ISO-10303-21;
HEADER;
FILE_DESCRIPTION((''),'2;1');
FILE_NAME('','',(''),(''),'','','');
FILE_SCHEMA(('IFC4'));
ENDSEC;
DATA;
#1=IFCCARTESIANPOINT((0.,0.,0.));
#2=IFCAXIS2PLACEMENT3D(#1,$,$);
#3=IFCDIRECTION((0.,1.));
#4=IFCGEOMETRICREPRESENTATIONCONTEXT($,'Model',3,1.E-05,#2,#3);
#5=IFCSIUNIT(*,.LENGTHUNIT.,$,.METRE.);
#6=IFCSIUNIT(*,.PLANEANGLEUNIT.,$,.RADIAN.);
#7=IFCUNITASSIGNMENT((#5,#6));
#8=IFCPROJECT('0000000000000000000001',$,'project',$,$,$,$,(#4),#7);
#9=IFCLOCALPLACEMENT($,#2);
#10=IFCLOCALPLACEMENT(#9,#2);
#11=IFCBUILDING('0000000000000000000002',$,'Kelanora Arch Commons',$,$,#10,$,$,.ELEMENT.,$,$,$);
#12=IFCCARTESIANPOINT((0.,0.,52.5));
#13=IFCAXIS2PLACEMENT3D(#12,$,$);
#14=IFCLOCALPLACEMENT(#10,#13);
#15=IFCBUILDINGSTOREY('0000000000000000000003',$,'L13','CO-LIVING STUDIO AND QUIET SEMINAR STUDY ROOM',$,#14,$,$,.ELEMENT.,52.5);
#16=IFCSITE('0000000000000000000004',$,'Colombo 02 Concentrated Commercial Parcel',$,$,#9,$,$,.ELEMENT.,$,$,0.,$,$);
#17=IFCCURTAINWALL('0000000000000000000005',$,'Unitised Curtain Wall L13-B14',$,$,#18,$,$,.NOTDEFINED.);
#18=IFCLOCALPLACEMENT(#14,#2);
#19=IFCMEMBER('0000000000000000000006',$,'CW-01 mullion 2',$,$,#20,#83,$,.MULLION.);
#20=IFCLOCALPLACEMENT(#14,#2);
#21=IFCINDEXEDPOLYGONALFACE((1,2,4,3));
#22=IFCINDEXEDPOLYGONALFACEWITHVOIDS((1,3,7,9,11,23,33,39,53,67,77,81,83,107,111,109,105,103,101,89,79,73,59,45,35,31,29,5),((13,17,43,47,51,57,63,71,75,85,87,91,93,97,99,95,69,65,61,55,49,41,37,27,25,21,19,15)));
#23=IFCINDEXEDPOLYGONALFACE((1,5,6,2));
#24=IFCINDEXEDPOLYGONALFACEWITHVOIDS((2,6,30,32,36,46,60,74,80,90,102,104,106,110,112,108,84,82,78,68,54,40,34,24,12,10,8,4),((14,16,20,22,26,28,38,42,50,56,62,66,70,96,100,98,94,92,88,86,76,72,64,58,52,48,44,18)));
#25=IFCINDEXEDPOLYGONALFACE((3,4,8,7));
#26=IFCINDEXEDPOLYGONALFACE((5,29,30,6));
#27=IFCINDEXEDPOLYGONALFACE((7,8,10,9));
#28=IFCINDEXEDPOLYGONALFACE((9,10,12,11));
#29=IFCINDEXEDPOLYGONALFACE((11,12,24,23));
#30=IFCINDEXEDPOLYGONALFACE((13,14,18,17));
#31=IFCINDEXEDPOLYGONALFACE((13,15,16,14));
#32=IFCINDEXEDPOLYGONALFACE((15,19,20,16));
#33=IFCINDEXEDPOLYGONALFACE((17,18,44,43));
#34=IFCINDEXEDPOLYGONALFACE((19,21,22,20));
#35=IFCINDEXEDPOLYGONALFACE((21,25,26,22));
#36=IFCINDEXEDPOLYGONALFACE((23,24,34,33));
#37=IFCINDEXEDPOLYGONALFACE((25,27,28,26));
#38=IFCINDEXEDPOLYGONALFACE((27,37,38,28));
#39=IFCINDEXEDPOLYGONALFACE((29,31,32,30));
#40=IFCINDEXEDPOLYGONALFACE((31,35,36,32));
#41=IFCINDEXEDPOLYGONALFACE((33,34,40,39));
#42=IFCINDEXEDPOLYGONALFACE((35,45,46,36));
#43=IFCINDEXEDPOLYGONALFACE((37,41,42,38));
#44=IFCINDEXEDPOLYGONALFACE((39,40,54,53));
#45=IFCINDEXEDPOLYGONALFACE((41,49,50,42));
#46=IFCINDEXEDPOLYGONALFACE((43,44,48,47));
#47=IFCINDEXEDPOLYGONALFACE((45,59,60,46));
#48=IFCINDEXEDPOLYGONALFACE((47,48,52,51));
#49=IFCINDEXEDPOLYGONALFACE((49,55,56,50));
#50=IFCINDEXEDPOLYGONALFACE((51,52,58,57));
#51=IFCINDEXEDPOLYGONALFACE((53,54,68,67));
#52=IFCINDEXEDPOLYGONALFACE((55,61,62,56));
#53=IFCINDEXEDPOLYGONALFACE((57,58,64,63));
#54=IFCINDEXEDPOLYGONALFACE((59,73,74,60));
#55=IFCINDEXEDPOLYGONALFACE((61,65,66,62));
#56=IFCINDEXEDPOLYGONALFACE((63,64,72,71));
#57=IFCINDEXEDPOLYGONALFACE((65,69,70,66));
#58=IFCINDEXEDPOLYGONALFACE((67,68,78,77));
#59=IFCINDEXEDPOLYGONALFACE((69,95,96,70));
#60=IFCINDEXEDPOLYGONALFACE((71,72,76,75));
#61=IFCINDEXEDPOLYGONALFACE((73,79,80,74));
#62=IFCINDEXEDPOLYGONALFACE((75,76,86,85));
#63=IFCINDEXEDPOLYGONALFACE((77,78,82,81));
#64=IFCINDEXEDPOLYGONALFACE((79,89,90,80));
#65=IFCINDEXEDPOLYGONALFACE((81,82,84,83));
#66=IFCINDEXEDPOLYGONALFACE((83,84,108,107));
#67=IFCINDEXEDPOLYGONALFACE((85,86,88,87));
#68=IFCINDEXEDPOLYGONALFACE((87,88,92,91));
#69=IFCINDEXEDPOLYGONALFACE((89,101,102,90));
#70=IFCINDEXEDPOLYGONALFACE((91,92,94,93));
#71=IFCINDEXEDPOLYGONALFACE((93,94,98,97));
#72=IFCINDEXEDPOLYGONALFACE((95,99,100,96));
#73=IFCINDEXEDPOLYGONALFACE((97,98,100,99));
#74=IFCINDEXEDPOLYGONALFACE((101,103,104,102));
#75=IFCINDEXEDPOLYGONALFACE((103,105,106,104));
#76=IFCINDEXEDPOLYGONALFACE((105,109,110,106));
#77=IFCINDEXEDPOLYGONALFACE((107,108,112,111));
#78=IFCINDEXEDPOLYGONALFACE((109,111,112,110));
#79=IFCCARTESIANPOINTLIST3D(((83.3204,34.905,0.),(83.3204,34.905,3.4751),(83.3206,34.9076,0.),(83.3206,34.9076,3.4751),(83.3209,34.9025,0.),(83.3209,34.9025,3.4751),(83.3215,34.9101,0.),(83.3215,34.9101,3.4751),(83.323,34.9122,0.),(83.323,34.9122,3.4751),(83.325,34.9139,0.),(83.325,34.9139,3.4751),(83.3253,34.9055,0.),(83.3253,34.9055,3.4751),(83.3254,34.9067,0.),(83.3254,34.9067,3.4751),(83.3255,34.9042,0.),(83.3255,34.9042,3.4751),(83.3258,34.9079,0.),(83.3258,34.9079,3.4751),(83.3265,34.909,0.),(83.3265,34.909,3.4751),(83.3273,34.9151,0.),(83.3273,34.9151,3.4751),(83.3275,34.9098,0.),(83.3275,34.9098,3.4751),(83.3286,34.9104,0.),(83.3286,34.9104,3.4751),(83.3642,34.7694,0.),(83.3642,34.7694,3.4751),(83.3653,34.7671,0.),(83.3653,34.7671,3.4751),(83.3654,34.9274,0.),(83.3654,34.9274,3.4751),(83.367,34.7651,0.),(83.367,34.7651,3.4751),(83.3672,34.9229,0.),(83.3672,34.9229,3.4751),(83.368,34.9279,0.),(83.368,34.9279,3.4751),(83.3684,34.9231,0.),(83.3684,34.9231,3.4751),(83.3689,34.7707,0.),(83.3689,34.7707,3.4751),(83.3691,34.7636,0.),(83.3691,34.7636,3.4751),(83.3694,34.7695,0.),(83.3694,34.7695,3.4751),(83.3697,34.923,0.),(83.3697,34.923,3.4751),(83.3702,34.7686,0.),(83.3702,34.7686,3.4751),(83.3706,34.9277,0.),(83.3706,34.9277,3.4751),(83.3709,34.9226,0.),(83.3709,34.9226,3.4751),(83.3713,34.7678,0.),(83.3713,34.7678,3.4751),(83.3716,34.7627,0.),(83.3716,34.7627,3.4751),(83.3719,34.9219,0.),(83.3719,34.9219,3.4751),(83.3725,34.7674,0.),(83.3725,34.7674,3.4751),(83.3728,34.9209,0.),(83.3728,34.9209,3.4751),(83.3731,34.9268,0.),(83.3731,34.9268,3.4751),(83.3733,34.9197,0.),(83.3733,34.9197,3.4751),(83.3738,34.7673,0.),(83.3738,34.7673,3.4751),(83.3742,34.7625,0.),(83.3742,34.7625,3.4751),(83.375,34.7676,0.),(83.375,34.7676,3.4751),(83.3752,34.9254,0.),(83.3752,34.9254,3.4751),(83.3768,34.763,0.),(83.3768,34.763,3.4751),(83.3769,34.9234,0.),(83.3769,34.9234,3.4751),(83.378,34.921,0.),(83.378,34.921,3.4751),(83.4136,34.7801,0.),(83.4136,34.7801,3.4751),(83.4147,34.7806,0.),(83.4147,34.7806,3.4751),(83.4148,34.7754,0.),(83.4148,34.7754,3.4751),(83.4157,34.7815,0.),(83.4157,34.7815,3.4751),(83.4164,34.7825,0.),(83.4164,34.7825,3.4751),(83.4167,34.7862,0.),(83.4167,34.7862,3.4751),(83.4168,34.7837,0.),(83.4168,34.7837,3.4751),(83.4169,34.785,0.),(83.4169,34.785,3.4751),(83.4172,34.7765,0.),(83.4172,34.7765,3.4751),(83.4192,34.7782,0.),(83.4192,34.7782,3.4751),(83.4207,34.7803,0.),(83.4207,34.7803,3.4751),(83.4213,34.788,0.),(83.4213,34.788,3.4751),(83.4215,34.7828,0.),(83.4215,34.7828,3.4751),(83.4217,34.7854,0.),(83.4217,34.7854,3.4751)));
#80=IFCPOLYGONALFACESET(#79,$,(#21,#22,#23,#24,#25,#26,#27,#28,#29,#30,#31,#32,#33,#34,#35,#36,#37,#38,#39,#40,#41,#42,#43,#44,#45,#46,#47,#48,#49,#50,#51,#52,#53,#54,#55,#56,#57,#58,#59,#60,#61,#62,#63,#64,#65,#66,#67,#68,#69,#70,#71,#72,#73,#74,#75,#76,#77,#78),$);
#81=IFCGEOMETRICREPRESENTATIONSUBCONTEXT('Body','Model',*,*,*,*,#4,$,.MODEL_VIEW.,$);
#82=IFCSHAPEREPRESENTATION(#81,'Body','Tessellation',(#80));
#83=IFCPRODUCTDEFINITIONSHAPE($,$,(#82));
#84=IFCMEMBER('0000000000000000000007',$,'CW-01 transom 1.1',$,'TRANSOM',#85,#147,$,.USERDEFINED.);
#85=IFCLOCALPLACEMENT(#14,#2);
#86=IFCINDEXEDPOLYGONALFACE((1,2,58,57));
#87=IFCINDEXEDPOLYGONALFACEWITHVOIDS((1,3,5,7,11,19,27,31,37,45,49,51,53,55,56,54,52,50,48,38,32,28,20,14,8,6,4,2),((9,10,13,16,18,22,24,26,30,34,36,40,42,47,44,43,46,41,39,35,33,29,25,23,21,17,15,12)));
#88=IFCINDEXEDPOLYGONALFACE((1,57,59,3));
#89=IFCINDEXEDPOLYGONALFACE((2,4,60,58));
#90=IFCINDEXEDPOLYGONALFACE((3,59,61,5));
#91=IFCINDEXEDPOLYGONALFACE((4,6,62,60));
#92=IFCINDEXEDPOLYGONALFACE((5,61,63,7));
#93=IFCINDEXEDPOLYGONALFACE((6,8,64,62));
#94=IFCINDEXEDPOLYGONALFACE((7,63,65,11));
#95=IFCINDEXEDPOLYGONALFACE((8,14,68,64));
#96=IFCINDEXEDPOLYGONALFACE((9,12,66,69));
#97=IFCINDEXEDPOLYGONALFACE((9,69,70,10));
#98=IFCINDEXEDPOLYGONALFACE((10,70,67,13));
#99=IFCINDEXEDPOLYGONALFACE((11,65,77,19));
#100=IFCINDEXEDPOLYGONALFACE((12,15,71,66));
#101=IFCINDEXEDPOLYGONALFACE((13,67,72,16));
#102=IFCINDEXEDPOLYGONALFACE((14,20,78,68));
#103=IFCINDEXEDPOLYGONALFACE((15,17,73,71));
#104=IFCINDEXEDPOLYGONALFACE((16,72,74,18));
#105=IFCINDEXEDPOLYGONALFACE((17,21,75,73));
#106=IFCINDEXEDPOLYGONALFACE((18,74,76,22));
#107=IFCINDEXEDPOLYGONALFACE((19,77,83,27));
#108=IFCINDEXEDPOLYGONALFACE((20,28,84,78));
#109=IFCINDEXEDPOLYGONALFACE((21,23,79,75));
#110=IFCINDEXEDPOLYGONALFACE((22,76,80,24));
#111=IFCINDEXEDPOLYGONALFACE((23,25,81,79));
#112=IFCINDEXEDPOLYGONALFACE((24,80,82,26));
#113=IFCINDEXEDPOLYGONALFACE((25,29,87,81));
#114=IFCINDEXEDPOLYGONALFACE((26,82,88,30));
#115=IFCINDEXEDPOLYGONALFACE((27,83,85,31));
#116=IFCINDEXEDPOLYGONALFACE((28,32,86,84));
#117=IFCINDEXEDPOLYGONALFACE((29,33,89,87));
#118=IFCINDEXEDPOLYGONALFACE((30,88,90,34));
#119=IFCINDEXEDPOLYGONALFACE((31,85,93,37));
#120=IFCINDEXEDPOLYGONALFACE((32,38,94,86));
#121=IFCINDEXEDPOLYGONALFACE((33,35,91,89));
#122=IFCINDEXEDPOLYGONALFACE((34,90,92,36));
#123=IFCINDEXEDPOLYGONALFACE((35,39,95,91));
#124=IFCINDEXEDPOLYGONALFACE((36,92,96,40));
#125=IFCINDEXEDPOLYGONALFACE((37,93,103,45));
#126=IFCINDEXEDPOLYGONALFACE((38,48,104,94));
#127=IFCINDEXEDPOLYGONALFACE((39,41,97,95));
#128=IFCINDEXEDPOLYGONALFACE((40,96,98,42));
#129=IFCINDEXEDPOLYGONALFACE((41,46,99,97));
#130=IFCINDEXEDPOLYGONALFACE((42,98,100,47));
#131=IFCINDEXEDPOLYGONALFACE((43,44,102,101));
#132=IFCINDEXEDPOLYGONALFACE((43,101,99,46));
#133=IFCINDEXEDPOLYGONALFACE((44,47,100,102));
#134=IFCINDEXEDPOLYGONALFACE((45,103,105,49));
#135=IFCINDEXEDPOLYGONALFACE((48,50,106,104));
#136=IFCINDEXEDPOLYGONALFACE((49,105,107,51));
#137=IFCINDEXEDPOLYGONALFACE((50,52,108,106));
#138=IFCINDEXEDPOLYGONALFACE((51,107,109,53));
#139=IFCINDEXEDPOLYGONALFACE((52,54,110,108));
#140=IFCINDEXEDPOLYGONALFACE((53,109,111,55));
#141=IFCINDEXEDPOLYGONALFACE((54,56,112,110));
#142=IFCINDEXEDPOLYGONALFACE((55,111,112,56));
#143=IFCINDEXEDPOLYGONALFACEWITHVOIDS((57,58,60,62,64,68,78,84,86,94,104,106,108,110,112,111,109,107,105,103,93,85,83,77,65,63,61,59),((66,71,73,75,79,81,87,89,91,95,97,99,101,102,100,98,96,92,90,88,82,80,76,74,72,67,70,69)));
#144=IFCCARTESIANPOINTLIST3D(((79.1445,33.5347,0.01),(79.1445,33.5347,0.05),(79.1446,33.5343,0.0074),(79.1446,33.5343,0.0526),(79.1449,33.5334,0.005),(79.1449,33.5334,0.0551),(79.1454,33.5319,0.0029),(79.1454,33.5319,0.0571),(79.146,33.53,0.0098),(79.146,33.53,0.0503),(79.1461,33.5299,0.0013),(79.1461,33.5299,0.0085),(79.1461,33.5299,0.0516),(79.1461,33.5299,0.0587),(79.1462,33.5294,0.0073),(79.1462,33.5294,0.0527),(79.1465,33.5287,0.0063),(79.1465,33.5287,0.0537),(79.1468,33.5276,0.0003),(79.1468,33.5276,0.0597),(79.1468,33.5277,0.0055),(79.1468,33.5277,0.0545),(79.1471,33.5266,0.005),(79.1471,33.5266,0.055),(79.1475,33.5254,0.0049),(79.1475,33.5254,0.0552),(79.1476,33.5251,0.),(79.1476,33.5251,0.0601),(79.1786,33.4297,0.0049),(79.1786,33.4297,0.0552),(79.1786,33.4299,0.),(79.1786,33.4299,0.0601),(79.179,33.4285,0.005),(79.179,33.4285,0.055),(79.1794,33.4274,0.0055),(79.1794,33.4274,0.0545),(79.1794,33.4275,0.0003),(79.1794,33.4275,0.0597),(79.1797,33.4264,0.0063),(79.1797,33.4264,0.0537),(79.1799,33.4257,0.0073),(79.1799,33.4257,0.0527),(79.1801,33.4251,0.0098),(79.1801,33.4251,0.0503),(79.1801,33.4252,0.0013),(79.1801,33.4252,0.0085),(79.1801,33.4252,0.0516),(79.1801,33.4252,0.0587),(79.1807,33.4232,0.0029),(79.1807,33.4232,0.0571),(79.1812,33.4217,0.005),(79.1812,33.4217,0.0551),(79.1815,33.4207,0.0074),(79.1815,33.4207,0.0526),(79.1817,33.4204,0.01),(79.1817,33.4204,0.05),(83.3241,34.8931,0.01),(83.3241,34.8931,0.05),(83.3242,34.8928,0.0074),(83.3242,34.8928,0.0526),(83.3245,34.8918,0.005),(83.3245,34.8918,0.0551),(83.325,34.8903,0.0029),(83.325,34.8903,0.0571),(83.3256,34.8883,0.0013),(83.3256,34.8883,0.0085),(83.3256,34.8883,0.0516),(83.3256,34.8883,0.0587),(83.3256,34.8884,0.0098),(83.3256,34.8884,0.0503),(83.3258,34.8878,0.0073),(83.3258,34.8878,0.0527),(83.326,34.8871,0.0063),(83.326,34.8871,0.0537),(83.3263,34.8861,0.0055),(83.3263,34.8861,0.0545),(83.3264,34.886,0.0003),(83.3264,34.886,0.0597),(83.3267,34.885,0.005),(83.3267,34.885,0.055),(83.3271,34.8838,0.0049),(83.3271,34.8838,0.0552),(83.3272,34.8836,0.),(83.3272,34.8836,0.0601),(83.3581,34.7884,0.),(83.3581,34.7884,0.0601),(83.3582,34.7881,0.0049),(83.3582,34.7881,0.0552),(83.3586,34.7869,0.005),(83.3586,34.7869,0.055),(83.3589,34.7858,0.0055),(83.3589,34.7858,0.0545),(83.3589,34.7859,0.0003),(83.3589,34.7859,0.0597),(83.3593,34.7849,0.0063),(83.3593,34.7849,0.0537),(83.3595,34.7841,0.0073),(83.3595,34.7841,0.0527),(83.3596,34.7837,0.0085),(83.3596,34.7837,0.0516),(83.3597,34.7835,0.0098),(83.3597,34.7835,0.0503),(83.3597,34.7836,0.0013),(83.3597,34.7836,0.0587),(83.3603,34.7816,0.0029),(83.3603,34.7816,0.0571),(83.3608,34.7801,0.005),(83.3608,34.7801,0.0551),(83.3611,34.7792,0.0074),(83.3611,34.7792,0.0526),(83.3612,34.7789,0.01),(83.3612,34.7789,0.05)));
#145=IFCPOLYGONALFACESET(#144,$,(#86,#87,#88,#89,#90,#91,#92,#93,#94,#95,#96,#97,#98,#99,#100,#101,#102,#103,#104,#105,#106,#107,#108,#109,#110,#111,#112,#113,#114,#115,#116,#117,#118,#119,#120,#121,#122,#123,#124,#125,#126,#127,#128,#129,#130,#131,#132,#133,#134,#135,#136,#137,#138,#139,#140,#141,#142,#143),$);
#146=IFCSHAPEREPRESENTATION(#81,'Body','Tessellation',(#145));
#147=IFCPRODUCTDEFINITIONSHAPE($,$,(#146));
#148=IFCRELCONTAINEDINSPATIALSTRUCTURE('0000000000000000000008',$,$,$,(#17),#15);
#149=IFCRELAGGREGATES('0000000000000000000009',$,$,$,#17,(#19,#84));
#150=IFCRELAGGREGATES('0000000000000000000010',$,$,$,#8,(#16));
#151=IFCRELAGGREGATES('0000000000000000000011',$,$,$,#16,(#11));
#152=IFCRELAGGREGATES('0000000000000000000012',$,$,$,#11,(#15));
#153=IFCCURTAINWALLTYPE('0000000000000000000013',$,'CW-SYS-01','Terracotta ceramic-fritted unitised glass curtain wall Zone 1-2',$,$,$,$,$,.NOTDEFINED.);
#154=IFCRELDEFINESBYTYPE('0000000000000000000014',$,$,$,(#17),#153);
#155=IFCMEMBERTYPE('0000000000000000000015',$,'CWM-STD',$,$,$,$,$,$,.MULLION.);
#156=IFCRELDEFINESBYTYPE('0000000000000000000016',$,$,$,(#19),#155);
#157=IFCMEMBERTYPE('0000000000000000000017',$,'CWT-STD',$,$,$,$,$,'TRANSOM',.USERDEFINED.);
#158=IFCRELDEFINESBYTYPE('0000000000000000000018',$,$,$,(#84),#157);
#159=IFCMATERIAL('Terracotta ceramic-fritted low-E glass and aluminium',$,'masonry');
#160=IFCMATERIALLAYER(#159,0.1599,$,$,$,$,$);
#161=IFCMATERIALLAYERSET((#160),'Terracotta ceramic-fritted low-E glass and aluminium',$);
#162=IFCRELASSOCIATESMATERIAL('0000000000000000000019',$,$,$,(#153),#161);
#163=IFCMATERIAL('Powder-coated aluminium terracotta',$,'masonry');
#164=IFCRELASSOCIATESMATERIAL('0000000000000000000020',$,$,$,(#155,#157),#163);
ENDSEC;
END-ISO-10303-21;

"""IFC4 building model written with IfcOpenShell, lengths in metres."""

from ifc_helpers import new_model, si_unit, direction, frame, origin, origin_2d, place, context, subcontext, project, spatial, hollow_rectangle, extrude, material, layer, layer_set, material_profile, profile_set, type_object, element, aggregate, save


model = new_model("IFC4")

# Units and contexts
model_context = context("Model", 3, precision=1e-05, world=origin(), true_north=direction((0.0, 1.0)))
body_context = subcontext(model_context, "Body", "Model", "MODEL_VIEW")
ifc_project = project(units=[si_unit("LENGTHUNIT", "METRE"), si_unit("PLANEANGLEUNIT", "RADIAN")], contexts=[model_context])

# Site, building, storey
site_placement = place(None, origin())
site = spatial("IfcSite", under=ifc_project, at=site_placement, Name="Colombo 02 Concentrated Commercial Parcel", CompositionType="ELEMENT", RefElevation=0.0)
building_placement = place(site_placement, origin())
building = spatial("IfcBuilding", under=site, at=building_placement, Name="Kelanora Arch Commons", CompositionType="ELEMENT")
storey_placement = place(building_placement, frame((0.0, 0.0, 52.5)))
storey = spatial("IfcBuildingStorey", under=building, at=storey_placement, Name="L13", Description="CO-LIVING STUDIO AND QUIET SEMINAR STUDY ROOM", CompositionType="ELEMENT", Elevation=52.5)

# Curtain wall, members
ifc_material_1 = material(Name="Terracotta ceramic-fritted low-E glass and aluminium", Category="masonry")
ifc_layer_1 = layer(ifc_material_1, 0.1599)
ifc_layer_set_1 = layer_set([ifc_layer_1], Name="Terracotta ceramic-fritted low-E glass and aluminium")
curtain_wall_type = type_object("IfcCurtainWallType", Name="CW-SYS-01", Description="Terracotta ceramic-fritted unitised glass curtain wall Zone 1-2", PredefinedType="NOTDEFINED", material=ifc_layer_set_1)
curtain_wall_placement = place(storey_placement, origin())
curtain_wall = element("IfcCurtainWall", 1, at=curtain_wall_placement, inside=storey, type_object=curtain_wall_type, Name="Unitised Curtain Wall L13-B14", PredefinedType="NOTDEFINED")
ifc_material_2 = material(Name="Powder-coated aluminium terracotta", Category="masonry")
ifc_material_profile_1 = material_profile(ifc_material_2, hollow_rectangle(XDim=0.1599, YDim=0.0601, WallThickness=0.0049, InnerFilletRadius=0.0049, OuterFilletRadius=0.01, at=origin_2d()), Name="CWM160x60")
ifc_profile_set_1 = profile_set([ifc_material_profile_1], Name="Powder-coated aluminium terracotta")
member_type_1 = type_object("IfcMemberType", Name="CWM-STD", PredefinedType="MULLION", material=ifc_profile_set_1)
member_1_placement = place(storey_placement, frame((83.3711, 34.8452, 0.0), z_axis=(0.0, 0.0, 1.0), x_axis=(-0.309058, 0.951043, 0.0)))
member_1 = element("IfcMember", 2, at=member_1_placement, type_object=member_type_1, Name="CW-01 mullion 2", PredefinedType="MULLION", context=body_context, shape_type="SweptSolid", body=[
    extrude(hollow_rectangle(XDim=0.1599, YDim=0.0601, WallThickness=0.0049, InnerFilletRadius=0.0049, OuterFilletRadius=0.01, at=origin_2d()), origin(), (0.0, 0.0, 1.0), 3.4751),
])
ifc_material_profile_2 = material_profile(ifc_material_2, hollow_rectangle(XDim=0.1201, YDim=0.0601, WallThickness=0.0049, InnerFilletRadius=0.0049, OuterFilletRadius=0.01, at=origin_2d()), Name="CWT120x60")
ifc_profile_set_2 = profile_set([ifc_material_profile_2], Name="Powder-coated aluminium terracotta")
member_type_2 = type_object("IfcMemberType", Name="CWT-STD", ElementType="TRANSOM", PredefinedType="USERDEFINED", material=ifc_profile_set_2)
member_2_placement = place(storey_placement, frame((79.1631, 33.4775, 0.03), z_axis=(0.951029, 0.309102, 0.0), x_axis=(-0.309102, 0.951029, 0.0)))
member_2 = element("IfcMember", 3, at=member_2_placement, type_object=member_type_2, Name="CW-01 transom 1.1", ObjectType="TRANSOM", PredefinedType="USERDEFINED", context=body_context, shape_type="SweptSolid", body=[
    extrude(hollow_rectangle(XDim=0.1201, YDim=0.0601, WallThickness=0.0049, InnerFilletRadius=0.0049, OuterFilletRadius=0.01, at=origin_2d()), origin(), (0.0, 0.0, 1.0), 4.3948),
])
aggregate(curtain_wall, [member_1, member_2])

save(model, "model.ifc")
